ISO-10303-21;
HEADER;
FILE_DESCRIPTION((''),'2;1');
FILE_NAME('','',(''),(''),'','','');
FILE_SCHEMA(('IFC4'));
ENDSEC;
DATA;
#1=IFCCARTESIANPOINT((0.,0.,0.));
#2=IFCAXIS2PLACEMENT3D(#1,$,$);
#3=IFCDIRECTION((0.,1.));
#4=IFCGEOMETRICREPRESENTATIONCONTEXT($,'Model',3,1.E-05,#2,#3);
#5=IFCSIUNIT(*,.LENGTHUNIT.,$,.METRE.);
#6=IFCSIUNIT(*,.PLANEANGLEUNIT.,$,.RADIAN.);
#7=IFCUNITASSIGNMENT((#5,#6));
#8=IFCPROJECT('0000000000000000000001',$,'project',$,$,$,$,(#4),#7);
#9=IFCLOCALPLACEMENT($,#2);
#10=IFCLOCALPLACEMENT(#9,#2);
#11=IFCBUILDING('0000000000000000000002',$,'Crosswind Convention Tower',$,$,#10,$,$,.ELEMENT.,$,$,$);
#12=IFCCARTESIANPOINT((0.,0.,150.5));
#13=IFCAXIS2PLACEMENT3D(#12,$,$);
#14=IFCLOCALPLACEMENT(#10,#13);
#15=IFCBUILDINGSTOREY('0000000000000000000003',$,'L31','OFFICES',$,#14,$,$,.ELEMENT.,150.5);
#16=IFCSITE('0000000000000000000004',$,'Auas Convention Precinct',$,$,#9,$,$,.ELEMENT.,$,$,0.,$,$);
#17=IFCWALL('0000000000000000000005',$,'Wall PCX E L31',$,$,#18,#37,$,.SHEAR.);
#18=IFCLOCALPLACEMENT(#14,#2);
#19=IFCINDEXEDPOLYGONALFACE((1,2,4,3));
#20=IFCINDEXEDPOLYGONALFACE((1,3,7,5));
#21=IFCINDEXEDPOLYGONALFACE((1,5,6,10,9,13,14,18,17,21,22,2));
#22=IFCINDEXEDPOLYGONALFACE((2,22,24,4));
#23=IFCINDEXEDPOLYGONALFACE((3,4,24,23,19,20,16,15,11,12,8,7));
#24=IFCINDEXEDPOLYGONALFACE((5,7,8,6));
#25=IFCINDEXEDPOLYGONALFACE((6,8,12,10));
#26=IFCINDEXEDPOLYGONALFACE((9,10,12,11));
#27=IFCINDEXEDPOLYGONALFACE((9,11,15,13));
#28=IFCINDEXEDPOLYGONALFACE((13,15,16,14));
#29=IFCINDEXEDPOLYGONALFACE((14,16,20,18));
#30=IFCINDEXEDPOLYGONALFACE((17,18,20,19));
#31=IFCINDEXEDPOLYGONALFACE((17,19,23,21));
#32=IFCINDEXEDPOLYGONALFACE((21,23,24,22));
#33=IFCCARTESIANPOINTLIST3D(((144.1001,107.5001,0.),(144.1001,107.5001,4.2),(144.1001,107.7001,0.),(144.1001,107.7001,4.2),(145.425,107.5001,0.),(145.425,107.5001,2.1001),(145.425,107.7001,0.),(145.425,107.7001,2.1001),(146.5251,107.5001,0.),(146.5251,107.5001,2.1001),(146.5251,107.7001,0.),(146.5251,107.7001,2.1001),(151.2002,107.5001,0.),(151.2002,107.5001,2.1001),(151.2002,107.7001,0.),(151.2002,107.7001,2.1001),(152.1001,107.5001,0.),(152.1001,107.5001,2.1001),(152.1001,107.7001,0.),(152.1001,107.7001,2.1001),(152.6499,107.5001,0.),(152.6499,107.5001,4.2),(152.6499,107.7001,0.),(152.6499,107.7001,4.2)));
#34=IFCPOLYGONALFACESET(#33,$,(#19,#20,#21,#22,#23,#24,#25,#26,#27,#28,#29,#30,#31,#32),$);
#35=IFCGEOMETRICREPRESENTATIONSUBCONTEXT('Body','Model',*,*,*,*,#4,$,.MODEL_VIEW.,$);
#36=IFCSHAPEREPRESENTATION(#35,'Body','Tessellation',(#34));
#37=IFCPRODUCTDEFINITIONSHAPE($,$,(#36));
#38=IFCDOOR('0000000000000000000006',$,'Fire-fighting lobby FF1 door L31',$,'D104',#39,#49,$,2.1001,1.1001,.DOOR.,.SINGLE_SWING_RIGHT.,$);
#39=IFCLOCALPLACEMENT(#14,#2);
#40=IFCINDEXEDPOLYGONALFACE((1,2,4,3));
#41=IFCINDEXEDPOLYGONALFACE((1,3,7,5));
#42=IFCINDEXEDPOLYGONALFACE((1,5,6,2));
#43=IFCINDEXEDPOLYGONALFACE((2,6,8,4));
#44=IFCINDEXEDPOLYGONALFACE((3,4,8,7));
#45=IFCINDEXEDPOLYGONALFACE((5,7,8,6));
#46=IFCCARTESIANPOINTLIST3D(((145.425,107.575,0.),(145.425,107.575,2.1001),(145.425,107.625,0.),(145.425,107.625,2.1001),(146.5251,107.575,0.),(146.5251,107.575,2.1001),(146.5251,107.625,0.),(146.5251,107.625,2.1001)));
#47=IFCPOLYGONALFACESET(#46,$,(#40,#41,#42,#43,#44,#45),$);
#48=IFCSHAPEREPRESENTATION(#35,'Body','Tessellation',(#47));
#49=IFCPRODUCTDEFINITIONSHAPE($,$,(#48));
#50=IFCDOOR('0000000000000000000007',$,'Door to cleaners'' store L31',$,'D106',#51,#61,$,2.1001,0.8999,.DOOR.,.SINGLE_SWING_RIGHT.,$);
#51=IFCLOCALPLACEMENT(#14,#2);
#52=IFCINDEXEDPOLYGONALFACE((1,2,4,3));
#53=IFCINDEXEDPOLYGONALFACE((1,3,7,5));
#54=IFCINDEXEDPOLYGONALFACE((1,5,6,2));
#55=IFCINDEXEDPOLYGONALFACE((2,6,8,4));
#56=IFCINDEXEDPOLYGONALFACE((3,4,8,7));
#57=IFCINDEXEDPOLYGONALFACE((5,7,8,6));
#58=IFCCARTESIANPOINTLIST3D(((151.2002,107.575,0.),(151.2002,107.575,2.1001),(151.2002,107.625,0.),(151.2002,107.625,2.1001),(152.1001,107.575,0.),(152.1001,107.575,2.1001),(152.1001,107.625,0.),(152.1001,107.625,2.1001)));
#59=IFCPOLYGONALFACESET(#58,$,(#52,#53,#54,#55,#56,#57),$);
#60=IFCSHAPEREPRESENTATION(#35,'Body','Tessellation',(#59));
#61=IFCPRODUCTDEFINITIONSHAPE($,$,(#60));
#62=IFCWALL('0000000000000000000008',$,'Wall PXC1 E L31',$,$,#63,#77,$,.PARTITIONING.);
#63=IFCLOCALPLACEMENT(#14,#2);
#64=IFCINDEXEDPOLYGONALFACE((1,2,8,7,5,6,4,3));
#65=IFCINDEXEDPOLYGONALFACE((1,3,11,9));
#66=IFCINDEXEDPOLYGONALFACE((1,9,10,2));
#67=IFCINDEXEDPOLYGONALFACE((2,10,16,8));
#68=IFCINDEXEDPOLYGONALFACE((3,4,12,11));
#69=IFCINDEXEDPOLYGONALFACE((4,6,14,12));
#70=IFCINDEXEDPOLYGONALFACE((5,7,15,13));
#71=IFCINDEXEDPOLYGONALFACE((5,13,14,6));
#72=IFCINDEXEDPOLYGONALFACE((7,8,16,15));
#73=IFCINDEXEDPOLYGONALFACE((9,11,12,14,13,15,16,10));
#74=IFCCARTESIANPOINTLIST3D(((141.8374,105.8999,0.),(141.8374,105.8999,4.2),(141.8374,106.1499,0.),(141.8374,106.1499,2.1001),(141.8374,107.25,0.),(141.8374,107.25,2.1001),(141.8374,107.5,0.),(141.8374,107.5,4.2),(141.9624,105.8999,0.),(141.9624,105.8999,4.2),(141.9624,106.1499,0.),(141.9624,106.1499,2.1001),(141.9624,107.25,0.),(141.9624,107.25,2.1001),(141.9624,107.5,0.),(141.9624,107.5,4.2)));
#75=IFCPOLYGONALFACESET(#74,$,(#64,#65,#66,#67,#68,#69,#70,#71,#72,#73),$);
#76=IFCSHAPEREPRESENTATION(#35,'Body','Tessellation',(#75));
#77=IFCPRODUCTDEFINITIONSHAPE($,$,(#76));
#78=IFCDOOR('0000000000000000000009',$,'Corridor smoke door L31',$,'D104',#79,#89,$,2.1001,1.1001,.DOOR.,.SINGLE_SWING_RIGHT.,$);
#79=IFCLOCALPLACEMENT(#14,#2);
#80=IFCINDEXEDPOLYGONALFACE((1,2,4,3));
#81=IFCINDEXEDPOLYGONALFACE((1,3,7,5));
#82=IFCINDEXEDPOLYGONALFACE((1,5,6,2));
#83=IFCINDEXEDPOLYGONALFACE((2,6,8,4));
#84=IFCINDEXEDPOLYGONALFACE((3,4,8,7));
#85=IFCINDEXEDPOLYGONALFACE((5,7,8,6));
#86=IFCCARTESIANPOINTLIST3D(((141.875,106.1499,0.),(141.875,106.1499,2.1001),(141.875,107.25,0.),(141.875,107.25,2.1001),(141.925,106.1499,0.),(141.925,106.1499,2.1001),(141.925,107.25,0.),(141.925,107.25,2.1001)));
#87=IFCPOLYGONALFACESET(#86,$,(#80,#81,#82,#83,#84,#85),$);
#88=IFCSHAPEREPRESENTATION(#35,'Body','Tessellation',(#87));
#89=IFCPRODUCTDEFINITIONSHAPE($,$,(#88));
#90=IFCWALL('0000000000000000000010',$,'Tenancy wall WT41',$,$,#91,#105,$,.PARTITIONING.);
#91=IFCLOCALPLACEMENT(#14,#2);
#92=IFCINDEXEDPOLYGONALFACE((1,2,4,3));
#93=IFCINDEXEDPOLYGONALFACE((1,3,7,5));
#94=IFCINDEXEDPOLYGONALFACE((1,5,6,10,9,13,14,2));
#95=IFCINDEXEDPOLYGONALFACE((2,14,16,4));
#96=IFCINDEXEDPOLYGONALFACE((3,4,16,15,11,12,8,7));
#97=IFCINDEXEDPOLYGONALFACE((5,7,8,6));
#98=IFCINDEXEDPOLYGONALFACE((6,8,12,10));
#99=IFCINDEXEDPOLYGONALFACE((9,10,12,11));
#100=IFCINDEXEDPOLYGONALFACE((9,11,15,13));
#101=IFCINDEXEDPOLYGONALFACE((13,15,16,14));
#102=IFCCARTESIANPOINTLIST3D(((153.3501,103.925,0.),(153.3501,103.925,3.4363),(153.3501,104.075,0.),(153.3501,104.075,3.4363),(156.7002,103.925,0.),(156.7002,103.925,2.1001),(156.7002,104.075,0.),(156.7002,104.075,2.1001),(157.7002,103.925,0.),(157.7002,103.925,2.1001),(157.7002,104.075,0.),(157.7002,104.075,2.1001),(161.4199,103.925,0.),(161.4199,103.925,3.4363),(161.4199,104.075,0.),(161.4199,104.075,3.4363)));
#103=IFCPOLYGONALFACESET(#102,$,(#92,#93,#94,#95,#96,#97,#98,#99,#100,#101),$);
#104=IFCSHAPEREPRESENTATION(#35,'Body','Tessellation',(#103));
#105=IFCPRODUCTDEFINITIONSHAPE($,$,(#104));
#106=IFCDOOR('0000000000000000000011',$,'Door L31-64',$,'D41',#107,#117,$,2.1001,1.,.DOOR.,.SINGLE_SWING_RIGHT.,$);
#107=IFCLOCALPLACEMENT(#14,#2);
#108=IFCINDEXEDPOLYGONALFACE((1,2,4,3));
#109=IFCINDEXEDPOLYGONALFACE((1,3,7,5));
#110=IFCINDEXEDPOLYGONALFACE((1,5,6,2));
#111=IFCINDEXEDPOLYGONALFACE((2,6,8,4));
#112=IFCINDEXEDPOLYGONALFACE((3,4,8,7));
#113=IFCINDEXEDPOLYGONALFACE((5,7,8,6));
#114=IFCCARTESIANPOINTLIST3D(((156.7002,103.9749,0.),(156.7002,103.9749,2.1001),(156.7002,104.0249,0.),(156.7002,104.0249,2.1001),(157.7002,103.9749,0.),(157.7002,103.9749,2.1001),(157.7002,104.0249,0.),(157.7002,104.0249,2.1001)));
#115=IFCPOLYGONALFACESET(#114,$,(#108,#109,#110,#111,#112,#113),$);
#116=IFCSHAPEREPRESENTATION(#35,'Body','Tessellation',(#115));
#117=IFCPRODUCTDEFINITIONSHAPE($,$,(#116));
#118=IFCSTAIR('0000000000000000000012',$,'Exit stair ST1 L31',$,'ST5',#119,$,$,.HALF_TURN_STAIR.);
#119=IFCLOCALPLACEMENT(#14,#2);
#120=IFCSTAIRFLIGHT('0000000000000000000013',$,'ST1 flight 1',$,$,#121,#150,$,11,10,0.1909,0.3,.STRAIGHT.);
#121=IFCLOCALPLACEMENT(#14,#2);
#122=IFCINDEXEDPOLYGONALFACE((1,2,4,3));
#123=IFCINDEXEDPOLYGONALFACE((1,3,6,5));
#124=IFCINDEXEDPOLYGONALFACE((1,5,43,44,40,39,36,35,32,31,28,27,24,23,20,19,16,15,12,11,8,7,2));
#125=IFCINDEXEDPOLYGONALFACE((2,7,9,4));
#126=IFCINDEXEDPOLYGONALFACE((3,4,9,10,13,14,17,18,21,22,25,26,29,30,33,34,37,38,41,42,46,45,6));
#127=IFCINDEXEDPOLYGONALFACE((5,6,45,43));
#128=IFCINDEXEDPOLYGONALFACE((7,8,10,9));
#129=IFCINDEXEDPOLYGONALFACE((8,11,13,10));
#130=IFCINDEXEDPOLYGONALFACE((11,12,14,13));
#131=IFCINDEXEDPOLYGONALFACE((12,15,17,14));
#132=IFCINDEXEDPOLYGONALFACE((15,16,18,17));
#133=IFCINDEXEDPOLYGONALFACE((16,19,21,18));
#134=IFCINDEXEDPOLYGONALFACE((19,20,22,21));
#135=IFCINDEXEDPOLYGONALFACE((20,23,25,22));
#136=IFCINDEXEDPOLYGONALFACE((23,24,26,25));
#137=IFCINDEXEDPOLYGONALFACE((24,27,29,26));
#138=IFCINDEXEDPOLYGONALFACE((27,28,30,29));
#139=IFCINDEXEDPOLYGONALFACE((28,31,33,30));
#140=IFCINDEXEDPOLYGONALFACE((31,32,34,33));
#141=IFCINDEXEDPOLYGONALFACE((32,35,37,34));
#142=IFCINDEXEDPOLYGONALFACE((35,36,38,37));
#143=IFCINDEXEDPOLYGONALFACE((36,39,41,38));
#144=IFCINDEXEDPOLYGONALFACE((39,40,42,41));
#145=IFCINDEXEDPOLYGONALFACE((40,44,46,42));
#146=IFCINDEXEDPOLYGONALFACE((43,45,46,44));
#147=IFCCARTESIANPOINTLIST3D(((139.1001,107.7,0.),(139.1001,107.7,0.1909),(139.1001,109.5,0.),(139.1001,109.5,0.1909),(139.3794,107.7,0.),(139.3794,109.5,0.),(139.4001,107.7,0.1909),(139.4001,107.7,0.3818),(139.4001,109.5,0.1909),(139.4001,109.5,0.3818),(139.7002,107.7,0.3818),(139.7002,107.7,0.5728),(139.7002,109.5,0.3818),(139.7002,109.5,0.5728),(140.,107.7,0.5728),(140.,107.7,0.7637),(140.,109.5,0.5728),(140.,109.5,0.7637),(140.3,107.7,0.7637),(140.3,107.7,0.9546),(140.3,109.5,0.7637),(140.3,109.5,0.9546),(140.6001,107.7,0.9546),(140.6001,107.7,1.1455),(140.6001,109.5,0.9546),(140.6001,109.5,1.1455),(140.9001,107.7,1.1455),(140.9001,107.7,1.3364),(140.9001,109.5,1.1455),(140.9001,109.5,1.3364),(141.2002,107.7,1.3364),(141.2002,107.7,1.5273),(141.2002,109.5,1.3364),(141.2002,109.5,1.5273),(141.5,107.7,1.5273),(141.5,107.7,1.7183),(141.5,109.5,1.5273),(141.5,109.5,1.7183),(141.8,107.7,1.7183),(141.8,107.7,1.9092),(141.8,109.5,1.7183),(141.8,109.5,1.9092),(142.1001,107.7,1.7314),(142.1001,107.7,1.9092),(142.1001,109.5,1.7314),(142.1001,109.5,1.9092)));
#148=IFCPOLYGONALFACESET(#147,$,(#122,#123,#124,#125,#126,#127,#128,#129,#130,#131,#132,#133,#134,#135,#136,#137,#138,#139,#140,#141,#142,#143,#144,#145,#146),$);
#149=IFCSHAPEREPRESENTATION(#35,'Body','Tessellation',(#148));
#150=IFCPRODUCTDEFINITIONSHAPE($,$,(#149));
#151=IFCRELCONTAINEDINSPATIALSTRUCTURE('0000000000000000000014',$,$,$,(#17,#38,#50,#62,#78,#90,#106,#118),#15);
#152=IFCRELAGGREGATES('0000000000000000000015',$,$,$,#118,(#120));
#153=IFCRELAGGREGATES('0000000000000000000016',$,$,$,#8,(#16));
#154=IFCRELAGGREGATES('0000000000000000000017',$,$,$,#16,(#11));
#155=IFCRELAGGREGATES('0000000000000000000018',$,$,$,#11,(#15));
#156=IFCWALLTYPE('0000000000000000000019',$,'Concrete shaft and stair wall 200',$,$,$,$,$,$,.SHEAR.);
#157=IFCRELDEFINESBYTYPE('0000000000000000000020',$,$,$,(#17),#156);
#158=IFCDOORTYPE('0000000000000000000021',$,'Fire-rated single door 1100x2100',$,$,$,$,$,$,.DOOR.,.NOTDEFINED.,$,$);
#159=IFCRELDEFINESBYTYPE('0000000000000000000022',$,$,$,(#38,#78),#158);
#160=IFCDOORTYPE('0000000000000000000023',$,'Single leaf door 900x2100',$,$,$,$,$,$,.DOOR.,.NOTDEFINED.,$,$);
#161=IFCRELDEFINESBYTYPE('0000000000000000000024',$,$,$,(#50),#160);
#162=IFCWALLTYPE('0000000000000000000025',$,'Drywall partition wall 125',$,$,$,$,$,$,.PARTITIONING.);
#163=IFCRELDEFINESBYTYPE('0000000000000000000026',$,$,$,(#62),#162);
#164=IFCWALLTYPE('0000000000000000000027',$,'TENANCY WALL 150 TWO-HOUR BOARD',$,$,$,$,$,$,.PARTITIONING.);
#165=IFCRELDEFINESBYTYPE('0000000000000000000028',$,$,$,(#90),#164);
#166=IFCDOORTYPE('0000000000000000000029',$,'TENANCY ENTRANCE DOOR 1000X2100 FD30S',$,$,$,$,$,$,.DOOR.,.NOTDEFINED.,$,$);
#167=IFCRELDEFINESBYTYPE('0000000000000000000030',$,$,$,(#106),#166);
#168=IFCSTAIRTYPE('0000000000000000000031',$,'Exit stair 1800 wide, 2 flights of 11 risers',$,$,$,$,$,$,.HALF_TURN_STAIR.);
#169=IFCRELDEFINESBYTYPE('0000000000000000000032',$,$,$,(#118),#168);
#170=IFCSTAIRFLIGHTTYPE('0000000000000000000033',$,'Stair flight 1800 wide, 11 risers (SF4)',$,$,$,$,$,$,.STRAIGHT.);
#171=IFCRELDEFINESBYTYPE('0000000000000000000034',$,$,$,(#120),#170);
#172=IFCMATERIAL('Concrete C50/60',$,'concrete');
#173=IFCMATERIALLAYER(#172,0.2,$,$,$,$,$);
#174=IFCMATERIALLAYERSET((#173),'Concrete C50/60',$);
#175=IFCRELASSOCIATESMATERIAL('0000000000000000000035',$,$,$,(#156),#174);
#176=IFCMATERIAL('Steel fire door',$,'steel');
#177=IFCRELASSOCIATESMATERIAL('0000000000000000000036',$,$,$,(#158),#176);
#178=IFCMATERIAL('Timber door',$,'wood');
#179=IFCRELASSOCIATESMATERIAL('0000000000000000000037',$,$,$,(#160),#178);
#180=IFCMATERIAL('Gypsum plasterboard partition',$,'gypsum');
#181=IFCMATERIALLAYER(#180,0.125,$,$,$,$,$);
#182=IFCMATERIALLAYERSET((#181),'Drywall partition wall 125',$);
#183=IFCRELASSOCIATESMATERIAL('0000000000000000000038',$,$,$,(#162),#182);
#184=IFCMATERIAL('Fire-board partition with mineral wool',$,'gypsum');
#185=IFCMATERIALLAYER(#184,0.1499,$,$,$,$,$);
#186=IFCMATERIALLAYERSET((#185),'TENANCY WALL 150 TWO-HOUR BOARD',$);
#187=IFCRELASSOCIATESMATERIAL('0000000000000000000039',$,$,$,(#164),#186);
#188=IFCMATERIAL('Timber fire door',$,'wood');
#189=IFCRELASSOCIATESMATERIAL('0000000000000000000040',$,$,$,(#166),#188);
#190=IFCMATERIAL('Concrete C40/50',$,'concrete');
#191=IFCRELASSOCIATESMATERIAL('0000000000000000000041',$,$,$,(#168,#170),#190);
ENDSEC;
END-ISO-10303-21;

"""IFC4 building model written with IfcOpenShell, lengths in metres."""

from ifc_helpers import new_model, si_unit, direction, frame, frame_2d, origin, place, context, subcontext, project, spatial, polyline, rectangle, outline, extrude, material, layer, layer_set, type_object, element, fill, aggregate, save


model = new_model("IFC4")

# Units and contexts
model_context = context("Model", 3, precision=1e-05, world=origin(), true_north=direction((0.0, 1.0)))
body_context = subcontext(model_context, "Body", "Model", "MODEL_VIEW")
ifc_project = project(units=[si_unit("LENGTHUNIT", "METRE"), si_unit("PLANEANGLEUNIT", "RADIAN")], contexts=[model_context])

# Site, building, storey
site_placement = place(None, origin())
site = spatial("IfcSite", under=ifc_project, at=site_placement, Name="Auas Convention Precinct", CompositionType="ELEMENT", RefElevation=0.0)
building_placement = place(site_placement, origin())
building = spatial("IfcBuilding", under=site, at=building_placement, Name="Crosswind Convention Tower", CompositionType="ELEMENT")
storey_placement = place(building_placement, frame((0.0, 0.0, 150.5)))
storey = spatial("IfcBuildingStorey", under=building, at=storey_placement, Name="L31", Description="OFFICES", CompositionType="ELEMENT", Elevation=150.5)

# Shared definitions
ifc_material_1 = material(Name="Concrete C50/60", Category="concrete")
ifc_layer_1 = layer(ifc_material_1, 0.2)
ifc_layer_set_1 = layer_set([ifc_layer_1], Name="Concrete C50/60")
wall_type_1 = type_object("IfcWallType", Name="Concrete shaft and stair wall 200", PredefinedType="SHEAR", material=ifc_layer_set_1)

# Wall, openings, doors
wall_1_placement = place(storey_placement, frame((144.1001, 107.6001, 0.0), z_axis=(0.0, 0.0, 1.0), x_axis=(1.0, 0.0, 0.0)))
wall_1 = element("IfcWall", 1, at=wall_1_placement, inside=storey, type_object=wall_type_1, Name="Wall PCX E L31", PredefinedType="SHEAR", context=body_context, shape_type="SweptSolid", body=[
    extrude(rectangle(XDim=8.5498, YDim=0.2, at=frame_2d((4.2749, 0.0))), origin(), (0.0, 0.0, 1.0), 4.2),
])
opening_1_placement = place(wall_1_placement, frame((1.325, 0.0, 0.0)))
opening_1 = element("IfcOpeningElement", 2, at=opening_1_placement, cuts=wall_1, PredefinedType="OPENING", context=body_context, shape_type="SweptSolid", body=[
    extrude(rectangle(XDim=1.1001, YDim=2.1001, at=frame_2d((0.55, 1.05))), frame((0.0, 0.1099, 0.0), z_axis=(0.0, -1.0, 0.0), x_axis=(1.0, 0.0, 0.0)), (0.0, 0.0, 1.0), 0.22),
])
opening_2_placement = place(wall_1_placement, frame((7.1001, 0.0, 0.0)))
opening_2 = element("IfcOpeningElement", 3, at=opening_2_placement, cuts=wall_1, PredefinedType="OPENING", context=body_context, shape_type="SweptSolid", body=[
    extrude(rectangle(XDim=0.8999, YDim=2.1001, at=frame_2d((0.45, 1.05))), frame((0.0, 0.1099, 0.0), z_axis=(0.0, -1.0, 0.0), x_axis=(1.0, 0.0, 0.0)), (0.0, 0.0, 1.0), 0.22),
])
ifc_material_2 = material(Name="Steel fire door", Category="steel")
door_type_1 = type_object("IfcDoorType", Name="Fire-rated single door 1100x2100", OperationType="NOTDEFINED", PredefinedType="DOOR", material=ifc_material_2)
door_1_placement = place(opening_1_placement, origin())
door_1 = element("IfcDoor", 4, at=door_1_placement, inside=storey, type_object=door_type_1, Name="Fire-fighting lobby FF1 door L31", ObjectType="D104", OperationType="SINGLE_SWING_RIGHT", OverallHeight=2.1001, OverallWidth=1.1001, PredefinedType="DOOR", context=body_context, shape_type="SweptSolid", body=[
    extrude(rectangle(XDim=1.1001, YDim=2.1001, at=frame_2d((0.55, 1.05))), frame((0.0, 0.0249, 0.0), z_axis=(0.0, -1.0, 0.0), x_axis=(1.0, 0.0, 0.0)), (0.0, 0.0, 1.0), 0.05),
])
fill(opening_1, door_1)
ifc_material_3 = material(Name="Timber door", Category="wood")
door_type_2 = type_object("IfcDoorType", Name="Single leaf door 900x2100", OperationType="NOTDEFINED", PredefinedType="DOOR", material=ifc_material_3)
door_2_placement = place(opening_2_placement, origin())
door_2 = element("IfcDoor", 5, at=door_2_placement, inside=storey, type_object=door_type_2, Name="Door to cleaners' store L31", ObjectType="D106", OperationType="SINGLE_SWING_RIGHT", OverallHeight=2.1001, OverallWidth=0.8999, PredefinedType="DOOR", context=body_context, shape_type="SweptSolid", body=[
    extrude(rectangle(XDim=0.8999, YDim=2.1001, at=frame_2d((0.45, 1.05))), frame((0.0, 0.0249, 0.0), z_axis=(0.0, -1.0, 0.0), x_axis=(1.0, 0.0, 0.0)), (0.0, 0.0, 1.0), 0.05),
])
fill(opening_2, door_2)

# Walls, openings, doors
ifc_material_4 = material(Name="Gypsum plasterboard partition", Category="gypsum")
ifc_layer_2 = layer(ifc_material_4, 0.125)
ifc_layer_set_2 = layer_set([ifc_layer_2], Name="Drywall partition wall 125")
wall_type_2 = type_object("IfcWallType", Name="Drywall partition wall 125", PredefinedType="PARTITIONING", material=ifc_layer_set_2)
wall_2_placement = place(storey_placement, frame((141.8999, 105.8999, 0.0), z_axis=(0.0, 0.0, 1.0), x_axis=(0.0, 1.0, 0.0)))
wall_2 = element("IfcWall", 6, at=wall_2_placement, inside=storey, type_object=wall_type_2, Name="Wall PXC1 E L31", PredefinedType="PARTITIONING", context=body_context, shape_type="SweptSolid", body=[
    extrude(rectangle(XDim=1.6001, YDim=0.125, at=frame_2d((0.8, 0.0))), origin(), (0.0, 0.0, 1.0), 4.2),
])
opening_3_placement = place(wall_2_placement, frame((0.25, 0.0, 0.0)))
opening_3 = element("IfcOpeningElement", 7, at=opening_3_placement, cuts=wall_2, PredefinedType="OPENING", context=body_context, shape_type="SweptSolid", body=[
    extrude(rectangle(XDim=1.1001, YDim=2.1001, at=frame_2d((0.55, 1.05))), frame((0.0, 0.0725, 0.0), z_axis=(0.0, -1.0, 0.0), x_axis=(1.0, 0.0, 0.0)), (0.0, 0.0, 1.0), 0.145),
])
door_3_placement = place(opening_3_placement, origin())
door_3 = element("IfcDoor", 8, at=door_3_placement, inside=storey, type_object=door_type_1, Name="Corridor smoke door L31", ObjectType="D104", OperationType="SINGLE_SWING_RIGHT", OverallHeight=2.1001, OverallWidth=1.1001, PredefinedType="DOOR", context=body_context, shape_type="SweptSolid", body=[
    extrude(rectangle(XDim=1.1001, YDim=2.1001, at=frame_2d((0.55, 1.05))), frame((0.0, 0.0249, 0.0), z_axis=(0.0, -1.0, 0.0), x_axis=(1.0, 0.0, 0.0)), (0.0, 0.0, 1.0), 0.05),
])
fill(opening_3, door_3)
ifc_material_5 = material(Name="Fire-board partition with mineral wool", Category="gypsum")
ifc_layer_3 = layer(ifc_material_5, 0.1499)
ifc_layer_set_3 = layer_set([ifc_layer_3], Name="TENANCY WALL 150 TWO-HOUR BOARD")
wall_type_3 = type_object("IfcWallType", Name="TENANCY WALL 150 TWO-HOUR BOARD", PredefinedType="PARTITIONING", material=ifc_layer_set_3)
wall_3_placement = place(storey_placement, frame((153.3501, 104.0, 0.0), z_axis=(0.0, 0.0, 1.0), x_axis=(1.0, 0.0, 0.0)))
wall_3 = element("IfcWall", 9, at=wall_3_placement, inside=storey, type_object=wall_type_3, Name="Tenancy wall WT41", PredefinedType="PARTITIONING", context=body_context, shape_type="SweptSolid", body=[
    extrude(rectangle(XDim=8.0698, YDim=0.1499, at=frame_2d((4.0349, 0.0))), origin(), (0.0, 0.0, 1.0), 3.4363),
])
opening_4_placement = place(wall_3_placement, frame((3.3501, 0.0, 0.0)))
opening_4 = element("IfcOpeningElement", 10, at=opening_4_placement, cuts=wall_3, PredefinedType="OPENING", context=body_context, shape_type="SweptSolid", body=[
    extrude(rectangle(XDim=1.0, YDim=2.1001, at=frame_2d((0.5, 1.05))), frame((0.0, 0.085, 0.0), z_axis=(0.0, -1.0, 0.0), x_axis=(1.0, 0.0, 0.0)), (0.0, 0.0, 1.0), 0.1699),
])
ifc_material_6 = material(Name="Timber fire door", Category="wood")
door_type_3 = type_object("IfcDoorType", Name="TENANCY ENTRANCE DOOR 1000X2100 FD30S", OperationType="NOTDEFINED", PredefinedType="DOOR", material=ifc_material_6)
door_4_placement = place(opening_4_placement, origin())
door_4 = element("IfcDoor", 11, at=door_4_placement, inside=storey, type_object=door_type_3, Name="Door L31-64", ObjectType="D41", OperationType="SINGLE_SWING_RIGHT", OverallHeight=2.1001, OverallWidth=1.0, PredefinedType="DOOR", context=body_context, shape_type="SweptSolid", body=[
    extrude(rectangle(XDim=1.0, YDim=2.1001, at=frame_2d((0.5, 1.05))), frame((0.0, 0.0249, 0.0), z_axis=(0.0, -1.0, 0.0), x_axis=(1.0, 0.0, 0.0)), (0.0, 0.0, 1.0), 0.05),
])
fill(opening_4, door_4)

# Stair, stair flight
ifc_material_7 = material(Name="Concrete C40/50", Category="concrete")
stair_type = type_object("IfcStairType", Name="Exit stair 1800 wide, 2 flights of 11 risers", PredefinedType="HALF_TURN_STAIR", material=ifc_material_7)
stair_placement = place(storey_placement, origin())
stair = element("IfcStair", 12, at=stair_placement, inside=storey, type_object=stair_type, Name="Exit stair ST1 L31", ObjectType="ST5", PredefinedType="HALF_TURN_STAIR")
stair_flight_type = type_object("IfcStairFlightType", Name="Stair flight 1800 wide, 11 risers (SF4)", PredefinedType="STRAIGHT", material=ifc_material_7)
stair_flight_1_placement = place(storey_placement, frame((139.1001, 108.6001, 0.0), z_axis=(0.0, 0.0, 1.0), x_axis=(1.0, 0.0, 0.0)))
stair_flight_1 = element("IfcStairFlight", 13, at=stair_flight_1_placement, type_object=stair_flight_type, Name="ST1 flight 1", NumberOfRisers=11, NumberOfTreads=10, PredefinedType="STRAIGHT", RiserHeight=0.1909, TreadLength=0.3, context=body_context, shape_type="SweptSolid", body=[
    extrude(outline(polyline([(0.0, 0.0), (0.0, 0.1909), (0.3, 0.1909), (0.3, 0.3818), (0.6001, 0.3818), (0.6001, 0.5728), (0.8999, 0.5728), (0.8999, 0.7637), (1.2, 0.7637), (1.2, 0.9546), (1.5, 0.9546), (1.5, 1.1455), (1.8, 1.1455), (1.8, 1.3364), (2.1001, 1.3364), (2.1001, 1.5273), (2.3999, 1.5273), (2.3999, 1.7183), (2.7, 1.7183), (2.7, 1.9092), (3.0, 1.9092), (3.0, 2.1001), (3.0, 1.7314), (0.2793, 0.0), (0.0, 0.0)])), frame((0.0, 0.8999, 0.0), z_axis=(0.0, -1.0, 0.0), x_axis=(1.0, 0.0, 0.0)), (0.0, 0.0, 1.0), 1.8),
])
aggregate(stair, [stair_flight_1])

save(model, "model.ifc")
